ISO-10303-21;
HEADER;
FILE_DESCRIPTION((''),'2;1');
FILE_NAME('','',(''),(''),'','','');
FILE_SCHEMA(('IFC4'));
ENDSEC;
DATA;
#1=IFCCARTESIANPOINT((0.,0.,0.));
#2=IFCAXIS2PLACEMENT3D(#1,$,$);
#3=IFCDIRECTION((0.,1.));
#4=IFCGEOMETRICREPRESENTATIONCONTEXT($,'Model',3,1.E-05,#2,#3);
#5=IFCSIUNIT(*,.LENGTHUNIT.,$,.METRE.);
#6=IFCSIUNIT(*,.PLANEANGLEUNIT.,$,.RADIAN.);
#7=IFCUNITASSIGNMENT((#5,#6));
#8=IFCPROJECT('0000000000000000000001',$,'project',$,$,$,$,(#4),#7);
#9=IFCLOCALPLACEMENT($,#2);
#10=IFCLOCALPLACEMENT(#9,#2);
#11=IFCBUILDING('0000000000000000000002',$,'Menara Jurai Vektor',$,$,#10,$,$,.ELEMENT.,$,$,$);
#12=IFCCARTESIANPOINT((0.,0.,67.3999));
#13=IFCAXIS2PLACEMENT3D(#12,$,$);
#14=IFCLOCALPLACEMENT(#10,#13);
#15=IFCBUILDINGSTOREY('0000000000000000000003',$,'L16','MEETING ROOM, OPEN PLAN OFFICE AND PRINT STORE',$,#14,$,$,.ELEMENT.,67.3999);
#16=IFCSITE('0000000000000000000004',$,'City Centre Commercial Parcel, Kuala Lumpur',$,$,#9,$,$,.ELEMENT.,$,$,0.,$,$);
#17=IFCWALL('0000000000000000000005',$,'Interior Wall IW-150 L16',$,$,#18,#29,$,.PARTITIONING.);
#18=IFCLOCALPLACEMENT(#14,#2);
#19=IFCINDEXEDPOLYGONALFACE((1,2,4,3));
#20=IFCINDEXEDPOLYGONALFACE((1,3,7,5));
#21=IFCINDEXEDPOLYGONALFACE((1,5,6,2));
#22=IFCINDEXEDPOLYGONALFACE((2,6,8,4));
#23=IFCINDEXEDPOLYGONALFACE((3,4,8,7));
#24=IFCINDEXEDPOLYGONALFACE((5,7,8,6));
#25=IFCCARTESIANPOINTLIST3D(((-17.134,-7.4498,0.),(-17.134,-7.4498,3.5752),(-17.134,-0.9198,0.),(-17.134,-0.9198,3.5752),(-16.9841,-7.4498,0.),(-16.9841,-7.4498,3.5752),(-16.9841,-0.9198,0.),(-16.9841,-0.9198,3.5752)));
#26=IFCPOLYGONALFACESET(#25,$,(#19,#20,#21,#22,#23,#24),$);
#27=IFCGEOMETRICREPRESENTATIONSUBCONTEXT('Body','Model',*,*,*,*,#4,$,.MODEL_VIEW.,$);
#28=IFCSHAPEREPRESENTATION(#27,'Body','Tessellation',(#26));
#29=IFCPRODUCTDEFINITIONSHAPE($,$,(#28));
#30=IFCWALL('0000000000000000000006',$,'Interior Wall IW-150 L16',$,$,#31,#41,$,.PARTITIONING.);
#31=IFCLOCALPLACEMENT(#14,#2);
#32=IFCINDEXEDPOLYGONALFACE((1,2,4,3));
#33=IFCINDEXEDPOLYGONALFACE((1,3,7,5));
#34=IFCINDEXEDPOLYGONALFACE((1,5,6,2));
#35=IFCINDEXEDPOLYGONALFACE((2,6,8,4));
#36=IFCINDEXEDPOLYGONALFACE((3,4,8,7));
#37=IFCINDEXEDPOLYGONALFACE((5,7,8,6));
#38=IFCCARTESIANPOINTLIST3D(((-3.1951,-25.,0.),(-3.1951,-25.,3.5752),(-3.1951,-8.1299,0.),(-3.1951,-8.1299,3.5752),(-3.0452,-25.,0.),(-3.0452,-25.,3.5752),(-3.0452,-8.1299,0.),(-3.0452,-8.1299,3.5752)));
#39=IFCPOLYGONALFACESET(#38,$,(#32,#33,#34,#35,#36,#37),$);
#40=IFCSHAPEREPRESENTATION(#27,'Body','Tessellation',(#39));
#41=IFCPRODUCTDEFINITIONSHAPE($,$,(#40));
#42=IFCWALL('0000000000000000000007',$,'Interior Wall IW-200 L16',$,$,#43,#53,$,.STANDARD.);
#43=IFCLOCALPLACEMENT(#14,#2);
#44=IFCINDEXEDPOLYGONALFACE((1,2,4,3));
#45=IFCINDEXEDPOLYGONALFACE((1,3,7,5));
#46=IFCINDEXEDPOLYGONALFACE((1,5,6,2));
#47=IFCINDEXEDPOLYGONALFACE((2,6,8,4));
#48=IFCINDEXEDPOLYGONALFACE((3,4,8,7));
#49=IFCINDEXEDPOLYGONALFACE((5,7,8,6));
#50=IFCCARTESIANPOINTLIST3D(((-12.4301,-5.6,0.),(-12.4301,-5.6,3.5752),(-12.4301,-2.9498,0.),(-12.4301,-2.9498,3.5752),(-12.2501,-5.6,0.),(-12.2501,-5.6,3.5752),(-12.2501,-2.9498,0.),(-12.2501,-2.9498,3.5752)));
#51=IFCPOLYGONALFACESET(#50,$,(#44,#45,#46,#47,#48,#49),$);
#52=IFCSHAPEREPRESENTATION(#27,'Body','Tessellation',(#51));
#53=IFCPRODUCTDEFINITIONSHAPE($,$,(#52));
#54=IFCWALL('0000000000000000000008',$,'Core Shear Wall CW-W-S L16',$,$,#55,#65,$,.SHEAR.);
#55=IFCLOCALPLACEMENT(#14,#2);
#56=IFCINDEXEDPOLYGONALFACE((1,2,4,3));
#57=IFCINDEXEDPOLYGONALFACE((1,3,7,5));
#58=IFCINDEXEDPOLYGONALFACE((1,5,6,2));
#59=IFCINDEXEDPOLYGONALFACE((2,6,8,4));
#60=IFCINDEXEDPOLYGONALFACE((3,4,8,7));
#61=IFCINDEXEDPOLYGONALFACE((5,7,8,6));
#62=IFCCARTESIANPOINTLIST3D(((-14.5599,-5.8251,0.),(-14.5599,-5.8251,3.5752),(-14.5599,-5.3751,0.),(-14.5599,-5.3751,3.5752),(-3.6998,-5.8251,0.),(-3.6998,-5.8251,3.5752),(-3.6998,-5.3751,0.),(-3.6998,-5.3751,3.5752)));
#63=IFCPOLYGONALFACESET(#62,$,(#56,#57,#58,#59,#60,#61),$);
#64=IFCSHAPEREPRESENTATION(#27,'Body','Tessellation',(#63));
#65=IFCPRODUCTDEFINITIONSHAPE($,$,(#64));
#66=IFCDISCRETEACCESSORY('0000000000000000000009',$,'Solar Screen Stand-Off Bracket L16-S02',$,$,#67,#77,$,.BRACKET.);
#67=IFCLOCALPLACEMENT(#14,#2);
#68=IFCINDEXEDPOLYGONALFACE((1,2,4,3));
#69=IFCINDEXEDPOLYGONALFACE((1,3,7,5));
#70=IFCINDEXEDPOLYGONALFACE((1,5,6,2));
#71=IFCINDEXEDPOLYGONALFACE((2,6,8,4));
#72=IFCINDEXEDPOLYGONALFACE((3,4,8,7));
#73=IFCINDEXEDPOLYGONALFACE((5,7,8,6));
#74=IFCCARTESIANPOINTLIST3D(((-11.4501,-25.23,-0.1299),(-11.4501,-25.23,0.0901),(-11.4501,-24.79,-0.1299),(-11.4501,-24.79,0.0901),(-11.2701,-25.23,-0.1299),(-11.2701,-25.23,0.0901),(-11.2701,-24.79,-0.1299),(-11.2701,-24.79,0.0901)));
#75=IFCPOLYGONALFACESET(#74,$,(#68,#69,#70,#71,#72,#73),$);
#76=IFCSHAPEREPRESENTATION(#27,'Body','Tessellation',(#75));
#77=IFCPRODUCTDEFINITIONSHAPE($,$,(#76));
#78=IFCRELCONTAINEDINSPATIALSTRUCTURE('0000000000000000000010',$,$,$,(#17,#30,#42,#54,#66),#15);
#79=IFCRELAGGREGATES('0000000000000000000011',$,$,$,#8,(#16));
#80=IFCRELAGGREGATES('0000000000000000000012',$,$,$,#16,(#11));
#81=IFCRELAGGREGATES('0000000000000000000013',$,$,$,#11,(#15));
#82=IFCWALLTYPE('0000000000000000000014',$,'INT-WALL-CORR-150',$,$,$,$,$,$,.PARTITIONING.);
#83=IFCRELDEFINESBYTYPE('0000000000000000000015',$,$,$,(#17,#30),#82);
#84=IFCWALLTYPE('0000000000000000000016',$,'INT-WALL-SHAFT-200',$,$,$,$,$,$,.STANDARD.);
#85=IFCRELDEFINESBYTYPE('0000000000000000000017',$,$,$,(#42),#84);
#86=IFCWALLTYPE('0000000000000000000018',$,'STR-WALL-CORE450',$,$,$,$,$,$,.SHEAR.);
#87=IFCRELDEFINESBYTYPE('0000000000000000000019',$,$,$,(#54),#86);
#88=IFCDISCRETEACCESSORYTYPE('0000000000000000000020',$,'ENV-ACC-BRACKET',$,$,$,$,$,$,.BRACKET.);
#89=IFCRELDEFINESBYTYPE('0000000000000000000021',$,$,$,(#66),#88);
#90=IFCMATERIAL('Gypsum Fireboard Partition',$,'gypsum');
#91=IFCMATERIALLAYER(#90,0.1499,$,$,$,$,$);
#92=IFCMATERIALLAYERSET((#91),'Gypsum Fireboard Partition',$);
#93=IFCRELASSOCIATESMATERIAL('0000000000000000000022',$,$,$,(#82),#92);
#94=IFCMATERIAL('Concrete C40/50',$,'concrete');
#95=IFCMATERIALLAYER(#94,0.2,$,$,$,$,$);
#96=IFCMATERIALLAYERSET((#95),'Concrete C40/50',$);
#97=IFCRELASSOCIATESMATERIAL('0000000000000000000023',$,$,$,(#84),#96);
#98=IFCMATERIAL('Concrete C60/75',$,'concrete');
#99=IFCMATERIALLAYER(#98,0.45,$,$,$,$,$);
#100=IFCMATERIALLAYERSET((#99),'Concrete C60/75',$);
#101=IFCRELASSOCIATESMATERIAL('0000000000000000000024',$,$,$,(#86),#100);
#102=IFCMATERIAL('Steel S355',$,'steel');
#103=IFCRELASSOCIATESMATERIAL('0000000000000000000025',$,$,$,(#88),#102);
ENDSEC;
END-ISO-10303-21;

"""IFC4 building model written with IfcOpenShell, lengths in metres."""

from ifc_helpers import new_model, si_unit, direction, frame, frame_2d, origin, origin_2d, place, context, subcontext, project, spatial, rectangle, extrude, material, layer, layer_set, type_object, element, save


model = new_model("IFC4")

# Units and contexts
model_context = context("Model", 3, precision=1e-05, world=origin(), true_north=direction((0.0, 1.0)))
body_context = subcontext(model_context, "Body", "Model", "MODEL_VIEW")
ifc_project = project(units=[si_unit("LENGTHUNIT", "METRE"), si_unit("PLANEANGLEUNIT", "RADIAN")], contexts=[model_context])

# Site, building, storey
site_placement = place(None, origin())
site = spatial("IfcSite", under=ifc_project, at=site_placement, Name="City Centre Commercial Parcel, Kuala Lumpur", CompositionType="ELEMENT", RefElevation=0.0)
building_placement = place(site_placement, origin())
building = spatial("IfcBuilding", under=site, at=building_placement, Name="Menara Jurai Vektor", CompositionType="ELEMENT")
storey_placement = place(building_placement, frame((0.0, 0.0, 67.3999)))
storey = spatial("IfcBuildingStorey", under=building, at=storey_placement, Name="L16", Description="MEETING ROOM, OPEN PLAN OFFICE AND PRINT STORE", CompositionType="ELEMENT", Elevation=67.3999)

# Shared definitions
ifc_material_1 = material(Name="Concrete C60/75", Category="concrete")

# Shared definitions
ifc_material_2 = material(Name="Steel S355", Category="steel")

# Shared definitions
ifc_material_3 = material(Name="Gypsum Fireboard Partition", Category="gypsum")
ifc_layer_1 = layer(ifc_material_3, 0.1499)
ifc_layer_set_1 = layer_set([ifc_layer_1], Name="Gypsum Fireboard Partition")
wall_type_1 = type_object("IfcWallType", Name="INT-WALL-CORR-150", PredefinedType="PARTITIONING", material=ifc_layer_set_1)

# Walls
wall_1_placement = place(storey_placement, frame((-17.0591, -7.45, 0.0), z_axis=(0.0, 0.0, 1.0), x_axis=(0.0, 1.0, 0.0)))
element("IfcWall", 1, at=wall_1_placement, inside=storey, type_object=wall_type_1, Name="Interior Wall IW-150 L16", PredefinedType="PARTITIONING", context=body_context, shape_type="SweptSolid", body=[
    extrude(rectangle(XDim=6.53, YDim=0.1499, at=frame_2d((3.2651, 0.0))), origin(), (0.0, 0.0, 1.0), 3.5752),
])
wall_2_placement = place(storey_placement, frame((-3.1201, -25.0, 0.0), z_axis=(0.0, 0.0, 1.0), x_axis=(0.0, 1.0, 0.0)))
element("IfcWall", 2, at=wall_2_placement, inside=storey, type_object=wall_type_1, Name="Interior Wall IW-150 L16", PredefinedType="PARTITIONING", context=body_context, shape_type="SweptSolid", body=[
    extrude(rectangle(XDim=16.8701, YDim=0.1499, at=frame_2d((8.4351, 0.0))), origin(), (0.0, 0.0, 1.0), 3.5752),
])
ifc_material_4 = material(Name="Concrete C40/50", Category="concrete")
ifc_layer_2 = layer(ifc_material_4, 0.2)
ifc_layer_set_2 = layer_set([ifc_layer_2], Name="Concrete C40/50")
wall_type_2 = type_object("IfcWallType", Name="INT-WALL-SHAFT-200", PredefinedType="STANDARD", material=ifc_layer_set_2)
wall_3_placement = place(storey_placement, frame((-12.3401, -5.6001, 0.0), z_axis=(0.0, 0.0, 1.0), x_axis=(0.0, 1.0, 0.0)))
element("IfcWall", 3, at=wall_3_placement, inside=storey, type_object=wall_type_2, Name="Interior Wall IW-200 L16", PredefinedType="STANDARD", context=body_context, shape_type="SweptSolid", body=[
    extrude(rectangle(XDim=2.6501, YDim=0.1799, at=frame_2d((1.3252, 0.0))), origin(), (0.0, 0.0, 1.0), 3.5752),
])
ifc_layer_3 = layer(ifc_material_1, 0.45)
ifc_layer_set_3 = layer_set([ifc_layer_3], Name="Concrete C60/75")
wall_type_3 = type_object("IfcWallType", Name="STR-WALL-CORE450", PredefinedType="SHEAR", material=ifc_layer_set_3)
wall_4_placement = place(storey_placement, frame((-14.5601, -5.6001, 0.0), z_axis=(0.0, 0.0, 1.0), x_axis=(1.0, 0.0, 0.0)))
element("IfcWall", 4, at=wall_4_placement, inside=storey, type_object=wall_type_3, Name="Core Shear Wall CW-W-S L16", PredefinedType="SHEAR", context=body_context, shape_type="SweptSolid", body=[
    extrude(rectangle(XDim=10.8601, YDim=0.45, at=frame_2d((5.4302, 0.0))), origin(), (0.0, 0.0, 1.0), 3.5752),
])

# Discrete accessory
discrete_accessory_type = type_object("IfcDiscreteAccessoryType", Name="ENV-ACC-BRACKET", PredefinedType="BRACKET", material=ifc_material_2)
discrete_accessory_placement = place(storey_placement, frame((-11.3601, -25.01, -0.1299), z_axis=(0.0, 0.0, 1.0), x_axis=(1.0, 0.0, 0.0)))
element("IfcDiscreteAccessory", 5, at=discrete_accessory_placement, inside=storey, type_object=discrete_accessory_type, Name="Solar Screen Stand-Off Bracket L16-S02", PredefinedType="BRACKET", context=body_context, shape_type="SweptSolid", body=[
    extrude(rectangle(XDim=0.1799, YDim=0.4399, at=origin_2d()), origin(), (0.0, 0.0, 1.0), 0.22),
])

save(model, "model.ifc")
